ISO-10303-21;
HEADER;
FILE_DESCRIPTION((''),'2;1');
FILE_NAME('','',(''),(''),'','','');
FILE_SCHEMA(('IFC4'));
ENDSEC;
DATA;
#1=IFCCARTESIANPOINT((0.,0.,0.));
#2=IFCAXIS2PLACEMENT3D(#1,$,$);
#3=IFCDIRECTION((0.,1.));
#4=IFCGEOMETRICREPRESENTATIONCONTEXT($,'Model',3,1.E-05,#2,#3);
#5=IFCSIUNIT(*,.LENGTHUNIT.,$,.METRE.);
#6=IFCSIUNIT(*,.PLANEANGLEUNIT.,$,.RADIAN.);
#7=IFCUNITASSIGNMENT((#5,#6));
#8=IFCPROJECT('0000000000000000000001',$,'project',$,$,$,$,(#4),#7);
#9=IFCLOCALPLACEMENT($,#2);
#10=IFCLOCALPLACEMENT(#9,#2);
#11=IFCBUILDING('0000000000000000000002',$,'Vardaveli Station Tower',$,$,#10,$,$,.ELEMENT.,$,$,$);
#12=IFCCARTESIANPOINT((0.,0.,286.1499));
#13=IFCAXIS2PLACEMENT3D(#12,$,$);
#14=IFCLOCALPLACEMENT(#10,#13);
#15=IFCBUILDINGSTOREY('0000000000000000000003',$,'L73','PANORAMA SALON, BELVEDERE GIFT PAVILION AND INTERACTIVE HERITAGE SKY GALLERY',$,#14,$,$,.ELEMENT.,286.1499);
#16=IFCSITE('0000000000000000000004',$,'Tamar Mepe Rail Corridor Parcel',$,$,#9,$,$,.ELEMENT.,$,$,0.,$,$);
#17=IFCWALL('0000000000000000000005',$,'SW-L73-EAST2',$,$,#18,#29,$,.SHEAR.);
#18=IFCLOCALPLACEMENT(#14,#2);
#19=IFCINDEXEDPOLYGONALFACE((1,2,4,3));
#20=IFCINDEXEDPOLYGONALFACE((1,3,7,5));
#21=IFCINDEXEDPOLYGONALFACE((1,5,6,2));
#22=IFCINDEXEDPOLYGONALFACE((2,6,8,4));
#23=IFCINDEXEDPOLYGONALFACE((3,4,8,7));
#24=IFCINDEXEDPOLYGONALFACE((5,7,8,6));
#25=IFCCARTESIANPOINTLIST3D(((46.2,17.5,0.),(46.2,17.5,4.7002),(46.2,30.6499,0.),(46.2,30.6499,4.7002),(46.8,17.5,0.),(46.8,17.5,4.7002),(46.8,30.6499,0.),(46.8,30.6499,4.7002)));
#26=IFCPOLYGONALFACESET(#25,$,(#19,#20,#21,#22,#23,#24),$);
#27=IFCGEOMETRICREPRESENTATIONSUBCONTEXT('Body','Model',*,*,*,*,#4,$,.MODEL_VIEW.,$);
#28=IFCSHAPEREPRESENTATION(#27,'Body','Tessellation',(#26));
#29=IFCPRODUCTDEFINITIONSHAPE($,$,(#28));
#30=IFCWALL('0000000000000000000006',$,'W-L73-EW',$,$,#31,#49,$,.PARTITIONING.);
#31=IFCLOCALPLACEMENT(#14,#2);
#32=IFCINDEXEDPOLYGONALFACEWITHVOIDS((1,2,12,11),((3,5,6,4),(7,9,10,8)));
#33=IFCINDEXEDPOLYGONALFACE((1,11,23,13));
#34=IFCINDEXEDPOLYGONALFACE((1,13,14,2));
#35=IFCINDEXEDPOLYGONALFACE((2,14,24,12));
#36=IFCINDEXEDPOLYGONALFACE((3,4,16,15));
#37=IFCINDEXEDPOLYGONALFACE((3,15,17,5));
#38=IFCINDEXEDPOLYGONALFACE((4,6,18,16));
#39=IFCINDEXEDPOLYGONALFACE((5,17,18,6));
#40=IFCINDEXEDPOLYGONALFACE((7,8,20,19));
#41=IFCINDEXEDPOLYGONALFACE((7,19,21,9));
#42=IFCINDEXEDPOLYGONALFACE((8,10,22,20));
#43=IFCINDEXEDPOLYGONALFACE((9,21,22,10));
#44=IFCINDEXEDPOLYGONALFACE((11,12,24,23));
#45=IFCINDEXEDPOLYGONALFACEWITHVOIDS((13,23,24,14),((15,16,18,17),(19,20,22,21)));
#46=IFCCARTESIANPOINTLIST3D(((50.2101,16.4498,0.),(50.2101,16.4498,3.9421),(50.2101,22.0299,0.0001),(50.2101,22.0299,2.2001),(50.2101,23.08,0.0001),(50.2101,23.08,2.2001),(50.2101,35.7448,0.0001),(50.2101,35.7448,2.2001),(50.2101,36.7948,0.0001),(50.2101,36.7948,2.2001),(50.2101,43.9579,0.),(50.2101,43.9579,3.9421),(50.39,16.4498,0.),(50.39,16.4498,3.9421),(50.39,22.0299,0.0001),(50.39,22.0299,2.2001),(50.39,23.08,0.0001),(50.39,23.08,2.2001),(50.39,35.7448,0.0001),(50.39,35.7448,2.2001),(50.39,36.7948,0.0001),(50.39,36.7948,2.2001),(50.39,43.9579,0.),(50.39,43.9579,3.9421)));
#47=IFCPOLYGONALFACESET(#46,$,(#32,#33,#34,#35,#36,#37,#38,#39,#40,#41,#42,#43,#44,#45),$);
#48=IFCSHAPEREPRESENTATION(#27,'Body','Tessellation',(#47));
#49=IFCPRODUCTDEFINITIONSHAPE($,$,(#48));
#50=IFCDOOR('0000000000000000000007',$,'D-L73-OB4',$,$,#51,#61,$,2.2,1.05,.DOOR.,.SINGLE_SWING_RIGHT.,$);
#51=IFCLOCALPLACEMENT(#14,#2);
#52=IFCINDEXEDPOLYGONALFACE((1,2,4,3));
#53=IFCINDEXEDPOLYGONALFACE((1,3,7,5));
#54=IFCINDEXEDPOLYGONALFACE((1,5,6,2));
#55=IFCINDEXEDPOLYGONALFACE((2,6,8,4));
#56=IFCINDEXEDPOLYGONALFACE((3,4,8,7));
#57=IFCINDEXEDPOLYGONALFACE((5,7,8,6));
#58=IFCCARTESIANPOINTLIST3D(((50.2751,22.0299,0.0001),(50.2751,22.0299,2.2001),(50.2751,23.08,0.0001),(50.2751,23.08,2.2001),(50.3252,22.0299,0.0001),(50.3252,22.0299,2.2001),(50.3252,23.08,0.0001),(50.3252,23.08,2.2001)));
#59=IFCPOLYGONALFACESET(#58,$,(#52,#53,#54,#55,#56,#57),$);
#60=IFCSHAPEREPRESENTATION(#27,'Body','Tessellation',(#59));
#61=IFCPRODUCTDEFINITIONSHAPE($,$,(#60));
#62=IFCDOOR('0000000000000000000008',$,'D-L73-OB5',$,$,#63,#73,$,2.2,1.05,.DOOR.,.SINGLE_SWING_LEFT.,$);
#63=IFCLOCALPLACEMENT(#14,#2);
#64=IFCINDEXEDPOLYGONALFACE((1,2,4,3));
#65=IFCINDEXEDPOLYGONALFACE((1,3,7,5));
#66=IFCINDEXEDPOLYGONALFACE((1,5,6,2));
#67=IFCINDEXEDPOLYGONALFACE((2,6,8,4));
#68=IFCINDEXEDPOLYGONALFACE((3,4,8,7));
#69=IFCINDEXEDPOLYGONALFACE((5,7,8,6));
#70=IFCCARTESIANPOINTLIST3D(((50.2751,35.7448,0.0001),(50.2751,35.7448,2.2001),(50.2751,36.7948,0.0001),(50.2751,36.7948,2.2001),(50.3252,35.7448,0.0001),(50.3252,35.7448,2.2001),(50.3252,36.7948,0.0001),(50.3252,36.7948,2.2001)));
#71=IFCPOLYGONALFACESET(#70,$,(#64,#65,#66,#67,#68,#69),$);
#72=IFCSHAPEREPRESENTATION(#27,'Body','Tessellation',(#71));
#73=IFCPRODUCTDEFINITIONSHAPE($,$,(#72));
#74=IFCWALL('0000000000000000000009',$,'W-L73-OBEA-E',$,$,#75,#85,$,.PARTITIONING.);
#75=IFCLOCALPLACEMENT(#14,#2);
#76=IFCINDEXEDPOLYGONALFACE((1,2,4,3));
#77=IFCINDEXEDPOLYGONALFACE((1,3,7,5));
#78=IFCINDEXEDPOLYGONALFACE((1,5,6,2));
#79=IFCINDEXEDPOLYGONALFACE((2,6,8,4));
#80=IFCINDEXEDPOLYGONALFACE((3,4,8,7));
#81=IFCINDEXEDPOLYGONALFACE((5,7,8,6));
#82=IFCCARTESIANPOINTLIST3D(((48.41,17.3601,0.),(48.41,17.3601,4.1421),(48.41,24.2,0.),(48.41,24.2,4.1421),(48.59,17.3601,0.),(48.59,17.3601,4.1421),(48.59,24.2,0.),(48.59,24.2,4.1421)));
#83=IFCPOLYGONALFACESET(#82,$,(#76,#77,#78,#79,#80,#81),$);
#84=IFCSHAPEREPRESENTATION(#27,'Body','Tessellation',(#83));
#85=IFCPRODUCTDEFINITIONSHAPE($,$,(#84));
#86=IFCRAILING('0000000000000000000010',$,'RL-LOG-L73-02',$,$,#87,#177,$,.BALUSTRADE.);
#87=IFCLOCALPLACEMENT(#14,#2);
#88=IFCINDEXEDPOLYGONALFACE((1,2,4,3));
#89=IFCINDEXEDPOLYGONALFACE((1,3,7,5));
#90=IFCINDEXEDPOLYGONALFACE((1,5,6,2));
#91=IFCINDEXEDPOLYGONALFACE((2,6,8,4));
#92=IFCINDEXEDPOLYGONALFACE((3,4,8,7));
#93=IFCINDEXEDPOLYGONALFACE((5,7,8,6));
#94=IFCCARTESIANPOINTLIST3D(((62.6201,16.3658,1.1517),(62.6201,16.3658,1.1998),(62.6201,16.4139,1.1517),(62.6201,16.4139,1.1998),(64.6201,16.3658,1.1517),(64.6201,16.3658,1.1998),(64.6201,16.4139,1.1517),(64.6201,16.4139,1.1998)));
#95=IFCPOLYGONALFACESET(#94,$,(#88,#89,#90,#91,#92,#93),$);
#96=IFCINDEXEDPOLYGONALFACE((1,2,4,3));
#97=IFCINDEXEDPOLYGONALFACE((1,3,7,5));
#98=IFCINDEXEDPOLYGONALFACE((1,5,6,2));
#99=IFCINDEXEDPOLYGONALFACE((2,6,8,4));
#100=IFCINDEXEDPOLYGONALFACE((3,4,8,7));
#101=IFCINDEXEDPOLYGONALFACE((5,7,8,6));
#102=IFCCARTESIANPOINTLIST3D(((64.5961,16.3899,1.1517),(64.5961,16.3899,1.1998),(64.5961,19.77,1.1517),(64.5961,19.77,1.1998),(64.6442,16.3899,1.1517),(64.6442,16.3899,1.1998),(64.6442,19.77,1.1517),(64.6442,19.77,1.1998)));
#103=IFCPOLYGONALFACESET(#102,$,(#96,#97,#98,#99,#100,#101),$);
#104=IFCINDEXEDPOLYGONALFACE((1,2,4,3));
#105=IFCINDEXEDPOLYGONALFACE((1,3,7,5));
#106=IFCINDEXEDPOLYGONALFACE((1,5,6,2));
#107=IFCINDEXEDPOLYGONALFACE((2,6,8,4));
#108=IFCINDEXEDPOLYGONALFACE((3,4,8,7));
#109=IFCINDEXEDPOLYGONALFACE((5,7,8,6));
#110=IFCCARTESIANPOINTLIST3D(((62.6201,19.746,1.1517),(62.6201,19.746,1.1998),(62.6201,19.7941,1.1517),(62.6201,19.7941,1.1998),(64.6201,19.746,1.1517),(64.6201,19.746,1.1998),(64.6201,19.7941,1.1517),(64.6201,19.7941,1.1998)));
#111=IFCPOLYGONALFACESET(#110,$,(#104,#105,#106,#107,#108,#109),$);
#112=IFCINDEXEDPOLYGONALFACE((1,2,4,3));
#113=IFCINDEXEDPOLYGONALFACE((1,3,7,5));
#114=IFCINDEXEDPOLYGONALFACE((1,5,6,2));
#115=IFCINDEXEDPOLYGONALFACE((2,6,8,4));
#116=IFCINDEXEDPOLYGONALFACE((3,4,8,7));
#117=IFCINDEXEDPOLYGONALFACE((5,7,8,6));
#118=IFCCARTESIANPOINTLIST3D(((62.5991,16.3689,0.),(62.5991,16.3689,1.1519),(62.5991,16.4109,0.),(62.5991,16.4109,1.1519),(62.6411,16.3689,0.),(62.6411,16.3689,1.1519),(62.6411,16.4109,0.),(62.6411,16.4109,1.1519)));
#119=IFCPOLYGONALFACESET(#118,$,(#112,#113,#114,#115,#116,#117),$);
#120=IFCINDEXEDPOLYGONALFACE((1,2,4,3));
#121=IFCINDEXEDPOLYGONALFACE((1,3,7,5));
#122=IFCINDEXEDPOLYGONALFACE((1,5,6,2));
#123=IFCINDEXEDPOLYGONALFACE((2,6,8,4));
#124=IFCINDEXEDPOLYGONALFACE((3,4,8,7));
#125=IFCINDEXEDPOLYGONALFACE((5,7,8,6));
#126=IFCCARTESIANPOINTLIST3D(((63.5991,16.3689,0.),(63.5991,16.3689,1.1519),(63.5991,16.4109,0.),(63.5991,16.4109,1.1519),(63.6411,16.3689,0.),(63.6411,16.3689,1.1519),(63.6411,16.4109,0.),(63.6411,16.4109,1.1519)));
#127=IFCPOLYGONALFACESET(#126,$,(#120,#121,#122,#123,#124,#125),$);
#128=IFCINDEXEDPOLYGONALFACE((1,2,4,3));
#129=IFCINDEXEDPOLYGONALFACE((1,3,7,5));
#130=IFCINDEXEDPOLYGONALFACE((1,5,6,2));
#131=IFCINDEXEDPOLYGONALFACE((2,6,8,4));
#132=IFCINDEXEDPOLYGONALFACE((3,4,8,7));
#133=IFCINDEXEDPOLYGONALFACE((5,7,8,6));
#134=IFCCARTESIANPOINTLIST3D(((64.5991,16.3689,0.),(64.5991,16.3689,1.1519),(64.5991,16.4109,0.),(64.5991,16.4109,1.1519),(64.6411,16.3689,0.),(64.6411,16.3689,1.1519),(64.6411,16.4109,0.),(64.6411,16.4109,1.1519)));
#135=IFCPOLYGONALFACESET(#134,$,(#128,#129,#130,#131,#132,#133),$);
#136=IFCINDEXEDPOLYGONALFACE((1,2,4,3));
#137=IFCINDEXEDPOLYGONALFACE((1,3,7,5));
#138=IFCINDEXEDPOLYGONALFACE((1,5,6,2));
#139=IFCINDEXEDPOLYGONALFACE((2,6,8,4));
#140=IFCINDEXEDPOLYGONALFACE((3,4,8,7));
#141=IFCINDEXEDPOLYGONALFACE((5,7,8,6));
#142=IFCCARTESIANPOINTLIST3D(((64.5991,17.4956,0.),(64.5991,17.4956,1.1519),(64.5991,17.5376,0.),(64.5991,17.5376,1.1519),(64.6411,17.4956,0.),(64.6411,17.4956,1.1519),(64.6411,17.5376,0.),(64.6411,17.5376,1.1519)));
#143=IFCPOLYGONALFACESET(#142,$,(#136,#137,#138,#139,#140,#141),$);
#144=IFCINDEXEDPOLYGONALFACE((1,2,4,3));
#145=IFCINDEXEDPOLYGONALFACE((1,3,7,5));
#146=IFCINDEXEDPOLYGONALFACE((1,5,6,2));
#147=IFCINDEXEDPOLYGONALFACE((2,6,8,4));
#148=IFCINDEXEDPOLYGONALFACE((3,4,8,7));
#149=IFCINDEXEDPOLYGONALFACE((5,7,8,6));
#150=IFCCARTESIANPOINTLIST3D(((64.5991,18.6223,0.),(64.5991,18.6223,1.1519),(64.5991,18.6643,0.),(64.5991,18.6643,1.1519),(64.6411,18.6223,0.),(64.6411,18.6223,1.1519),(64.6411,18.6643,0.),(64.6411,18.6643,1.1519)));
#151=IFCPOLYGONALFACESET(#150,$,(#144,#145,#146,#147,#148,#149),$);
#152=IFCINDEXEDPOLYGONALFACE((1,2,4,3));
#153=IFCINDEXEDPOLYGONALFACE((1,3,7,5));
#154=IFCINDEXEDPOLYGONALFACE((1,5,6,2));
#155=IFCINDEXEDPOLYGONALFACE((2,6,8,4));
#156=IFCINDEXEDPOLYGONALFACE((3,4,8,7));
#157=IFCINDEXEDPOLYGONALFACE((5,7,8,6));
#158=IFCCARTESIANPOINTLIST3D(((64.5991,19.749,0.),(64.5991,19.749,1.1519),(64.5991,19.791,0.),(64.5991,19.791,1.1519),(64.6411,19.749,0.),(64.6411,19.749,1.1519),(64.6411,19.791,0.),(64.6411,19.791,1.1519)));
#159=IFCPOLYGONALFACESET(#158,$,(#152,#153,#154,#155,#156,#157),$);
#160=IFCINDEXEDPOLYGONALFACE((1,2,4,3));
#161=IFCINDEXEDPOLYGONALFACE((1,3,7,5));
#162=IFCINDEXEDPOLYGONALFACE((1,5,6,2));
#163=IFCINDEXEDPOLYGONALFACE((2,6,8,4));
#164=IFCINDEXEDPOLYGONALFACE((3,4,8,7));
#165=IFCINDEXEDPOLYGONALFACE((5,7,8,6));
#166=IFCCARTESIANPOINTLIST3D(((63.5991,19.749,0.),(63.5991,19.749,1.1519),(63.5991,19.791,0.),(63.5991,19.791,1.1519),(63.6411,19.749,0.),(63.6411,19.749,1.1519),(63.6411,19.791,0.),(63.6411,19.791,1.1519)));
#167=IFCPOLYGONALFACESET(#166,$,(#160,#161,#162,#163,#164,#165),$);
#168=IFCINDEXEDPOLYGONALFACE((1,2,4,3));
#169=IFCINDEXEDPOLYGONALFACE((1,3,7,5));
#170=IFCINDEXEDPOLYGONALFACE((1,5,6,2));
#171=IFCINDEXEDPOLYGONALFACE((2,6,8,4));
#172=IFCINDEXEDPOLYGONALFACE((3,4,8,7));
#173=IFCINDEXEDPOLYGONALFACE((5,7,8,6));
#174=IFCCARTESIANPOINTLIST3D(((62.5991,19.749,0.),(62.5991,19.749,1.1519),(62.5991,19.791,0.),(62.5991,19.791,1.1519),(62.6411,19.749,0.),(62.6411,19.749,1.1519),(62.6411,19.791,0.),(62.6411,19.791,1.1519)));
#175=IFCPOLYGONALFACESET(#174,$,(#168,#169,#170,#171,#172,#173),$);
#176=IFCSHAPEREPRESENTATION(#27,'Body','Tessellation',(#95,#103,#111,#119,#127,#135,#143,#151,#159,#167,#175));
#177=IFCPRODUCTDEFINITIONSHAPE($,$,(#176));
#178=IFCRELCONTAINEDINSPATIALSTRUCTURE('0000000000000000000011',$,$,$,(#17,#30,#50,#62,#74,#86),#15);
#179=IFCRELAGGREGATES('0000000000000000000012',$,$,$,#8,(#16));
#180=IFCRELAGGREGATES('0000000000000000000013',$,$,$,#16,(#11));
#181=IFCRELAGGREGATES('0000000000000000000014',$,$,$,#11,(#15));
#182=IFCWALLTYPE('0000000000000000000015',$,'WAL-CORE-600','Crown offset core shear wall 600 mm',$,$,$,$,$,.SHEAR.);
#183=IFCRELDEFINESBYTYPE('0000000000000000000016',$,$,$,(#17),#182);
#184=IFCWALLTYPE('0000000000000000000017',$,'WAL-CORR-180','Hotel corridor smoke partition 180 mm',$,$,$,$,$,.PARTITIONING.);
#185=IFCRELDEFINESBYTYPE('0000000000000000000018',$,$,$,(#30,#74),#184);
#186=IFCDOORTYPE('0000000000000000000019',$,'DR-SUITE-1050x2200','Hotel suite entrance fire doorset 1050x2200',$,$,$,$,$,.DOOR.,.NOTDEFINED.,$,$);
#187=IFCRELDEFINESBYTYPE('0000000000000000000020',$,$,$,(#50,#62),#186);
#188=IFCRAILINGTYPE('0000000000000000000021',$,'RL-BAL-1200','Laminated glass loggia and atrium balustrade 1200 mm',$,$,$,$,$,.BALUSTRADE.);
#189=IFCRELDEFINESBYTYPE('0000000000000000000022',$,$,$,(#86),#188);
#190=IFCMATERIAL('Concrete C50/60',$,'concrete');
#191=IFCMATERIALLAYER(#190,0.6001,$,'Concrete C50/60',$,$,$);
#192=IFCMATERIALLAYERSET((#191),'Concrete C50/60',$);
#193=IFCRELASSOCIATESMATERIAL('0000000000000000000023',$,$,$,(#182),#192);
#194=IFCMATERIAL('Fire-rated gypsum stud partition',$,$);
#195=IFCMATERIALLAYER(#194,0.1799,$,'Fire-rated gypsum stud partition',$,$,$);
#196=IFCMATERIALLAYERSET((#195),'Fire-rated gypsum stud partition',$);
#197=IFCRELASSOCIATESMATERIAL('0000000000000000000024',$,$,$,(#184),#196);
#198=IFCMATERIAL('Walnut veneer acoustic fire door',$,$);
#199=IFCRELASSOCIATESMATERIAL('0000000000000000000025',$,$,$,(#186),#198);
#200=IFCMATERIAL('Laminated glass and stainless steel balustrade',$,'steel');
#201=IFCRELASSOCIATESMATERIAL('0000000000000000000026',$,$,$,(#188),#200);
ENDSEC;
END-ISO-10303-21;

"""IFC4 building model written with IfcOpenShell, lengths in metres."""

from ifc_helpers import new_model, si_unit, direction, frame, frame_2d, origin, origin_2d, place, context, subcontext, project, spatial, rectangle, extrude, source, transform, mapped, material, layer, layer_set, type_object, element, fill, save


model = new_model("IFC4")

# Units and contexts
model_context = context("Model", 3, precision=1e-05, world=origin(), true_north=direction((0.0, 1.0)))
body_context = subcontext(model_context, "Body", "Model", "MODEL_VIEW")
ifc_project = project(units=[si_unit("LENGTHUNIT", "METRE"), si_unit("PLANEANGLEUNIT", "RADIAN")], contexts=[model_context])

# Site, building, storey
site_placement = place(None, origin())
site = spatial("IfcSite", under=ifc_project, at=site_placement, Name="Tamar Mepe Rail Corridor Parcel", CompositionType="ELEMENT", RefElevation=0.0)
building_placement = place(site_placement, origin())
building = spatial("IfcBuilding", under=site, at=building_placement, Name="Vardaveli Station Tower", CompositionType="ELEMENT")
storey_placement = place(building_placement, frame((0.0, 0.0, 286.1499)))
storey = spatial("IfcBuildingStorey", under=building, at=storey_placement, Name="L73", Description="PANORAMA SALON, BELVEDERE GIFT PAVILION AND INTERACTIVE HERITAGE SKY GALLERY", CompositionType="ELEMENT", Elevation=286.1499)

# Shared definitions
ifc_material_1 = material(Name="Concrete C50/60", Category="concrete")

# Wall
ifc_layer_1 = layer(ifc_material_1, 0.6001, Name="Concrete C50/60")
ifc_layer_set_1 = layer_set([ifc_layer_1], Name="Concrete C50/60")
wall_type_1 = type_object("IfcWallType", Name="WAL-CORE-600", Description="Crown offset core shear wall 600 mm", PredefinedType="SHEAR", material=ifc_layer_set_1)
shared_shape_1 = source(origin(), body_context, "Body", "SweptSolid", [
    extrude(rectangle(XDim=13.1499, YDim=0.6001, at=frame_2d((6.575, 0.0))), origin(), (0.0, 0.0, 1.0), 4.7002),
])
wall_1_placement = place(storey_placement, frame((46.5, 17.5, 0.0), z_axis=(0.0, 0.0, 1.0), x_axis=(0.0, 1.0, 0.0)))
element("IfcWall", 1, at=wall_1_placement, inside=storey, type_object=wall_type_1, Name="SW-L73-EAST2", PredefinedType="SHEAR", context=body_context, shape_type="MappedRepresentation", body=[
    mapped(shared_shape_1, transform((0.0, 0.0, 0.0), scale=1.0)),
])

# Wall, openings, doors
ifc_material_2 = material(Name="Fire-rated gypsum stud partition")
ifc_layer_2 = layer(ifc_material_2, 0.1799, Name="Fire-rated gypsum stud partition")
ifc_layer_set_2 = layer_set([ifc_layer_2], Name="Fire-rated gypsum stud partition")
wall_type_2 = type_object("IfcWallType", Name="WAL-CORR-180", Description="Hotel corridor smoke partition 180 mm", PredefinedType="PARTITIONING", material=ifc_layer_set_2)
shared_shape_2 = source(origin(), body_context, "Body", "SweptSolid", [
    extrude(rectangle(XDim=27.5081, YDim=0.1799, at=frame_2d((13.7539, 0.0))), origin(), (0.0, 0.0, 1.0), 3.9421),
])
wall_2_placement = place(storey_placement, frame((50.3, 16.45, 0.0), z_axis=(0.0, 0.0, 1.0), x_axis=(0.0, 1.0, 0.0)))
wall_2 = element("IfcWall", 2, at=wall_2_placement, inside=storey, type_object=wall_type_2, Name="W-L73-EW", PredefinedType="PARTITIONING", context=body_context, shape_type="MappedRepresentation", body=[
    mapped(shared_shape_2, transform((0.0, 0.0, 0.0), scale=1.0)),
])
shared_shape_3 = source(origin(), body_context, "Body", "SweptSolid", [
    extrude(rectangle(XDim=1.05, YDim=2.2, at=frame_2d((0.5249, 1.1001))), frame((0.0, 0.1001, 0.0), z_axis=(0.0, -1.0, 0.0), x_axis=(1.0, 0.0, 0.0)), (0.0, 0.0, 1.0), 0.2),
])
opening_1_placement = place(wall_2_placement, frame((5.5801, 0.0, 0.0)))
opening_1 = element("IfcOpeningElement", 3, at=opening_1_placement, cuts=wall_2, PredefinedType="OPENING", context=body_context, shape_type="MappedRepresentation", body=[
    mapped(shared_shape_3, transform((0.0, 0.0, 0.0), scale=1.0)),
])
opening_2_placement = place(wall_2_placement, frame((19.2949, 0.0, 0.0)))
opening_2 = element("IfcOpeningElement", 4, at=opening_2_placement, cuts=wall_2, PredefinedType="OPENING", context=body_context, shape_type="MappedRepresentation", body=[
    mapped(shared_shape_3, transform((0.0, 0.0, 0.0), scale=1.0)),
])
ifc_material_3 = material(Name="Walnut veneer acoustic fire door")
door_type = type_object("IfcDoorType", Name="DR-SUITE-1050x2200", Description="Hotel suite entrance fire doorset 1050x2200", OperationType="NOTDEFINED", PredefinedType="DOOR", material=ifc_material_3)
shared_shape_4 = source(origin(), body_context, "Body", "SweptSolid", [
    extrude(rectangle(XDim=1.05, YDim=2.2, at=frame_2d((0.5249, 1.1001))), frame((0.0, 0.0249, 0.0), z_axis=(0.0, -1.0, 0.0), x_axis=(1.0, 0.0, 0.0)), (0.0, 0.0, 1.0), 0.05),
])
door_1_placement = place(opening_1_placement, origin())
door_1 = element("IfcDoor", 5, at=door_1_placement, inside=storey, type_object=door_type, Name="D-L73-OB4", OperationType="SINGLE_SWING_RIGHT", OverallHeight=2.2, OverallWidth=1.05, PredefinedType="DOOR", context=body_context, shape_type="MappedRepresentation", body=[
    mapped(shared_shape_4, transform((0.0, 0.0, 0.0), scale=1.0)),
])
fill(opening_1, door_1)
door_2_placement = place(opening_2_placement, origin())
door_2 = element("IfcDoor", 6, at=door_2_placement, inside=storey, type_object=door_type, Name="D-L73-OB5", OperationType="SINGLE_SWING_LEFT", OverallHeight=2.2, OverallWidth=1.05, PredefinedType="DOOR", context=body_context, shape_type="MappedRepresentation", body=[
    mapped(shared_shape_4, transform((0.0, 0.0, 0.0), scale=1.0)),
])
fill(opening_2, door_2)

# Wall
shared_shape_5 = source(origin(), body_context, "Body", "SweptSolid", [
    extrude(rectangle(XDim=6.8398, YDim=0.1799, at=frame_2d((3.4199, 0.0))), origin(), (0.0, 0.0, 1.0), 4.1421),
])
wall_3_placement = place(storey_placement, frame((48.5, 17.3601, 0.0), z_axis=(0.0, 0.0, 1.0), x_axis=(0.0, 1.0, 0.0)))
element("IfcWall", 7, at=wall_3_placement, inside=storey, type_object=wall_type_2, Name="W-L73-OBEA-E", PredefinedType="PARTITIONING", context=body_context, shape_type="MappedRepresentation", body=[
    mapped(shared_shape_5, transform((0.0, 0.0, 0.0), scale=1.0)),
])

# Railing
ifc_material_4 = material(Name="Laminated glass and stainless steel balustrade", Category="steel")
railing_type = type_object("IfcRailingType", Name="RL-BAL-1200", Description="Laminated glass loggia and atrium balustrade 1200 mm", PredefinedType="BALUSTRADE", material=ifc_material_4)
shared_shape_6 = source(origin(), body_context, "Body", "SweptSolid", [
    extrude(rectangle(XDim=0.0481, YDim=0.0481, at=origin_2d()), frame((0.0, 0.0, 1.1758), z_axis=(1.0, 0.0, 0.0), x_axis=(0.0, 1.0, 0.0)), (0.0, 0.0, 1.0), 2.0),
    extrude(rectangle(XDim=0.0481, YDim=0.0481, at=origin_2d()), frame((2.0, 0.0, 1.1758), z_axis=(0.0, 1.0, 0.0), x_axis=(-1.0, 0.0, 0.0)), (0.0, 0.0, 1.0), 3.3801),
    extrude(rectangle(XDim=0.0481, YDim=0.0481, at=origin_2d()), frame((2.0, 3.3801, 1.1758), z_axis=(-1.0, 0.0, 0.0), x_axis=(0.0, -1.0, 0.0)), (0.0, 0.0, 1.0), 2.0),
    extrude(rectangle(XDim=0.042, YDim=0.042, at=origin_2d()), origin(), (0.0, 0.0, 1.0), 1.1519),
    extrude(rectangle(XDim=0.042, YDim=0.042, at=origin_2d()), frame((1.0, 0.0, 0.0)), (0.0, 0.0, 1.0), 1.1519),
    extrude(rectangle(XDim=0.042, YDim=0.042, at=origin_2d()), frame((2.0, 0.0, 0.0)), (0.0, 0.0, 1.0), 1.1519),
    extrude(rectangle(XDim=0.042, YDim=0.042, at=origin_2d()), frame((2.0, 1.1267, 0.0)), (0.0, 0.0, 1.0), 1.1519),
    extrude(rectangle(XDim=0.042, YDim=0.042, at=origin_2d()), frame((2.0, 2.2534, 0.0)), (0.0, 0.0, 1.0), 1.1519),
    extrude(rectangle(XDim=0.042, YDim=0.042, at=origin_2d()), frame((2.0, 3.3801, 0.0)), (0.0, 0.0, 1.0), 1.1519),
    extrude(rectangle(XDim=0.042, YDim=0.042, at=origin_2d()), frame((1.0, 3.3801, 0.0)), (0.0, 0.0, 1.0), 1.1519),
    extrude(rectangle(XDim=0.042, YDim=0.042, at=origin_2d()), frame((0.0, 3.3801, 0.0)), (0.0, 0.0, 1.0), 1.1519),
])
railing_placement = place(storey_placement, frame((62.6201, 16.3899, 0.0)))
element("IfcRailing", 8, at=railing_placement, inside=storey, type_object=railing_type, Name="RL-LOG-L73-02", PredefinedType="BALUSTRADE", context=body_context, shape_type="MappedRepresentation", body=[
    mapped(shared_shape_6, transform((0.0, 0.0, 0.0), scale=1.0)),
])

save(model, "model.ifc")
